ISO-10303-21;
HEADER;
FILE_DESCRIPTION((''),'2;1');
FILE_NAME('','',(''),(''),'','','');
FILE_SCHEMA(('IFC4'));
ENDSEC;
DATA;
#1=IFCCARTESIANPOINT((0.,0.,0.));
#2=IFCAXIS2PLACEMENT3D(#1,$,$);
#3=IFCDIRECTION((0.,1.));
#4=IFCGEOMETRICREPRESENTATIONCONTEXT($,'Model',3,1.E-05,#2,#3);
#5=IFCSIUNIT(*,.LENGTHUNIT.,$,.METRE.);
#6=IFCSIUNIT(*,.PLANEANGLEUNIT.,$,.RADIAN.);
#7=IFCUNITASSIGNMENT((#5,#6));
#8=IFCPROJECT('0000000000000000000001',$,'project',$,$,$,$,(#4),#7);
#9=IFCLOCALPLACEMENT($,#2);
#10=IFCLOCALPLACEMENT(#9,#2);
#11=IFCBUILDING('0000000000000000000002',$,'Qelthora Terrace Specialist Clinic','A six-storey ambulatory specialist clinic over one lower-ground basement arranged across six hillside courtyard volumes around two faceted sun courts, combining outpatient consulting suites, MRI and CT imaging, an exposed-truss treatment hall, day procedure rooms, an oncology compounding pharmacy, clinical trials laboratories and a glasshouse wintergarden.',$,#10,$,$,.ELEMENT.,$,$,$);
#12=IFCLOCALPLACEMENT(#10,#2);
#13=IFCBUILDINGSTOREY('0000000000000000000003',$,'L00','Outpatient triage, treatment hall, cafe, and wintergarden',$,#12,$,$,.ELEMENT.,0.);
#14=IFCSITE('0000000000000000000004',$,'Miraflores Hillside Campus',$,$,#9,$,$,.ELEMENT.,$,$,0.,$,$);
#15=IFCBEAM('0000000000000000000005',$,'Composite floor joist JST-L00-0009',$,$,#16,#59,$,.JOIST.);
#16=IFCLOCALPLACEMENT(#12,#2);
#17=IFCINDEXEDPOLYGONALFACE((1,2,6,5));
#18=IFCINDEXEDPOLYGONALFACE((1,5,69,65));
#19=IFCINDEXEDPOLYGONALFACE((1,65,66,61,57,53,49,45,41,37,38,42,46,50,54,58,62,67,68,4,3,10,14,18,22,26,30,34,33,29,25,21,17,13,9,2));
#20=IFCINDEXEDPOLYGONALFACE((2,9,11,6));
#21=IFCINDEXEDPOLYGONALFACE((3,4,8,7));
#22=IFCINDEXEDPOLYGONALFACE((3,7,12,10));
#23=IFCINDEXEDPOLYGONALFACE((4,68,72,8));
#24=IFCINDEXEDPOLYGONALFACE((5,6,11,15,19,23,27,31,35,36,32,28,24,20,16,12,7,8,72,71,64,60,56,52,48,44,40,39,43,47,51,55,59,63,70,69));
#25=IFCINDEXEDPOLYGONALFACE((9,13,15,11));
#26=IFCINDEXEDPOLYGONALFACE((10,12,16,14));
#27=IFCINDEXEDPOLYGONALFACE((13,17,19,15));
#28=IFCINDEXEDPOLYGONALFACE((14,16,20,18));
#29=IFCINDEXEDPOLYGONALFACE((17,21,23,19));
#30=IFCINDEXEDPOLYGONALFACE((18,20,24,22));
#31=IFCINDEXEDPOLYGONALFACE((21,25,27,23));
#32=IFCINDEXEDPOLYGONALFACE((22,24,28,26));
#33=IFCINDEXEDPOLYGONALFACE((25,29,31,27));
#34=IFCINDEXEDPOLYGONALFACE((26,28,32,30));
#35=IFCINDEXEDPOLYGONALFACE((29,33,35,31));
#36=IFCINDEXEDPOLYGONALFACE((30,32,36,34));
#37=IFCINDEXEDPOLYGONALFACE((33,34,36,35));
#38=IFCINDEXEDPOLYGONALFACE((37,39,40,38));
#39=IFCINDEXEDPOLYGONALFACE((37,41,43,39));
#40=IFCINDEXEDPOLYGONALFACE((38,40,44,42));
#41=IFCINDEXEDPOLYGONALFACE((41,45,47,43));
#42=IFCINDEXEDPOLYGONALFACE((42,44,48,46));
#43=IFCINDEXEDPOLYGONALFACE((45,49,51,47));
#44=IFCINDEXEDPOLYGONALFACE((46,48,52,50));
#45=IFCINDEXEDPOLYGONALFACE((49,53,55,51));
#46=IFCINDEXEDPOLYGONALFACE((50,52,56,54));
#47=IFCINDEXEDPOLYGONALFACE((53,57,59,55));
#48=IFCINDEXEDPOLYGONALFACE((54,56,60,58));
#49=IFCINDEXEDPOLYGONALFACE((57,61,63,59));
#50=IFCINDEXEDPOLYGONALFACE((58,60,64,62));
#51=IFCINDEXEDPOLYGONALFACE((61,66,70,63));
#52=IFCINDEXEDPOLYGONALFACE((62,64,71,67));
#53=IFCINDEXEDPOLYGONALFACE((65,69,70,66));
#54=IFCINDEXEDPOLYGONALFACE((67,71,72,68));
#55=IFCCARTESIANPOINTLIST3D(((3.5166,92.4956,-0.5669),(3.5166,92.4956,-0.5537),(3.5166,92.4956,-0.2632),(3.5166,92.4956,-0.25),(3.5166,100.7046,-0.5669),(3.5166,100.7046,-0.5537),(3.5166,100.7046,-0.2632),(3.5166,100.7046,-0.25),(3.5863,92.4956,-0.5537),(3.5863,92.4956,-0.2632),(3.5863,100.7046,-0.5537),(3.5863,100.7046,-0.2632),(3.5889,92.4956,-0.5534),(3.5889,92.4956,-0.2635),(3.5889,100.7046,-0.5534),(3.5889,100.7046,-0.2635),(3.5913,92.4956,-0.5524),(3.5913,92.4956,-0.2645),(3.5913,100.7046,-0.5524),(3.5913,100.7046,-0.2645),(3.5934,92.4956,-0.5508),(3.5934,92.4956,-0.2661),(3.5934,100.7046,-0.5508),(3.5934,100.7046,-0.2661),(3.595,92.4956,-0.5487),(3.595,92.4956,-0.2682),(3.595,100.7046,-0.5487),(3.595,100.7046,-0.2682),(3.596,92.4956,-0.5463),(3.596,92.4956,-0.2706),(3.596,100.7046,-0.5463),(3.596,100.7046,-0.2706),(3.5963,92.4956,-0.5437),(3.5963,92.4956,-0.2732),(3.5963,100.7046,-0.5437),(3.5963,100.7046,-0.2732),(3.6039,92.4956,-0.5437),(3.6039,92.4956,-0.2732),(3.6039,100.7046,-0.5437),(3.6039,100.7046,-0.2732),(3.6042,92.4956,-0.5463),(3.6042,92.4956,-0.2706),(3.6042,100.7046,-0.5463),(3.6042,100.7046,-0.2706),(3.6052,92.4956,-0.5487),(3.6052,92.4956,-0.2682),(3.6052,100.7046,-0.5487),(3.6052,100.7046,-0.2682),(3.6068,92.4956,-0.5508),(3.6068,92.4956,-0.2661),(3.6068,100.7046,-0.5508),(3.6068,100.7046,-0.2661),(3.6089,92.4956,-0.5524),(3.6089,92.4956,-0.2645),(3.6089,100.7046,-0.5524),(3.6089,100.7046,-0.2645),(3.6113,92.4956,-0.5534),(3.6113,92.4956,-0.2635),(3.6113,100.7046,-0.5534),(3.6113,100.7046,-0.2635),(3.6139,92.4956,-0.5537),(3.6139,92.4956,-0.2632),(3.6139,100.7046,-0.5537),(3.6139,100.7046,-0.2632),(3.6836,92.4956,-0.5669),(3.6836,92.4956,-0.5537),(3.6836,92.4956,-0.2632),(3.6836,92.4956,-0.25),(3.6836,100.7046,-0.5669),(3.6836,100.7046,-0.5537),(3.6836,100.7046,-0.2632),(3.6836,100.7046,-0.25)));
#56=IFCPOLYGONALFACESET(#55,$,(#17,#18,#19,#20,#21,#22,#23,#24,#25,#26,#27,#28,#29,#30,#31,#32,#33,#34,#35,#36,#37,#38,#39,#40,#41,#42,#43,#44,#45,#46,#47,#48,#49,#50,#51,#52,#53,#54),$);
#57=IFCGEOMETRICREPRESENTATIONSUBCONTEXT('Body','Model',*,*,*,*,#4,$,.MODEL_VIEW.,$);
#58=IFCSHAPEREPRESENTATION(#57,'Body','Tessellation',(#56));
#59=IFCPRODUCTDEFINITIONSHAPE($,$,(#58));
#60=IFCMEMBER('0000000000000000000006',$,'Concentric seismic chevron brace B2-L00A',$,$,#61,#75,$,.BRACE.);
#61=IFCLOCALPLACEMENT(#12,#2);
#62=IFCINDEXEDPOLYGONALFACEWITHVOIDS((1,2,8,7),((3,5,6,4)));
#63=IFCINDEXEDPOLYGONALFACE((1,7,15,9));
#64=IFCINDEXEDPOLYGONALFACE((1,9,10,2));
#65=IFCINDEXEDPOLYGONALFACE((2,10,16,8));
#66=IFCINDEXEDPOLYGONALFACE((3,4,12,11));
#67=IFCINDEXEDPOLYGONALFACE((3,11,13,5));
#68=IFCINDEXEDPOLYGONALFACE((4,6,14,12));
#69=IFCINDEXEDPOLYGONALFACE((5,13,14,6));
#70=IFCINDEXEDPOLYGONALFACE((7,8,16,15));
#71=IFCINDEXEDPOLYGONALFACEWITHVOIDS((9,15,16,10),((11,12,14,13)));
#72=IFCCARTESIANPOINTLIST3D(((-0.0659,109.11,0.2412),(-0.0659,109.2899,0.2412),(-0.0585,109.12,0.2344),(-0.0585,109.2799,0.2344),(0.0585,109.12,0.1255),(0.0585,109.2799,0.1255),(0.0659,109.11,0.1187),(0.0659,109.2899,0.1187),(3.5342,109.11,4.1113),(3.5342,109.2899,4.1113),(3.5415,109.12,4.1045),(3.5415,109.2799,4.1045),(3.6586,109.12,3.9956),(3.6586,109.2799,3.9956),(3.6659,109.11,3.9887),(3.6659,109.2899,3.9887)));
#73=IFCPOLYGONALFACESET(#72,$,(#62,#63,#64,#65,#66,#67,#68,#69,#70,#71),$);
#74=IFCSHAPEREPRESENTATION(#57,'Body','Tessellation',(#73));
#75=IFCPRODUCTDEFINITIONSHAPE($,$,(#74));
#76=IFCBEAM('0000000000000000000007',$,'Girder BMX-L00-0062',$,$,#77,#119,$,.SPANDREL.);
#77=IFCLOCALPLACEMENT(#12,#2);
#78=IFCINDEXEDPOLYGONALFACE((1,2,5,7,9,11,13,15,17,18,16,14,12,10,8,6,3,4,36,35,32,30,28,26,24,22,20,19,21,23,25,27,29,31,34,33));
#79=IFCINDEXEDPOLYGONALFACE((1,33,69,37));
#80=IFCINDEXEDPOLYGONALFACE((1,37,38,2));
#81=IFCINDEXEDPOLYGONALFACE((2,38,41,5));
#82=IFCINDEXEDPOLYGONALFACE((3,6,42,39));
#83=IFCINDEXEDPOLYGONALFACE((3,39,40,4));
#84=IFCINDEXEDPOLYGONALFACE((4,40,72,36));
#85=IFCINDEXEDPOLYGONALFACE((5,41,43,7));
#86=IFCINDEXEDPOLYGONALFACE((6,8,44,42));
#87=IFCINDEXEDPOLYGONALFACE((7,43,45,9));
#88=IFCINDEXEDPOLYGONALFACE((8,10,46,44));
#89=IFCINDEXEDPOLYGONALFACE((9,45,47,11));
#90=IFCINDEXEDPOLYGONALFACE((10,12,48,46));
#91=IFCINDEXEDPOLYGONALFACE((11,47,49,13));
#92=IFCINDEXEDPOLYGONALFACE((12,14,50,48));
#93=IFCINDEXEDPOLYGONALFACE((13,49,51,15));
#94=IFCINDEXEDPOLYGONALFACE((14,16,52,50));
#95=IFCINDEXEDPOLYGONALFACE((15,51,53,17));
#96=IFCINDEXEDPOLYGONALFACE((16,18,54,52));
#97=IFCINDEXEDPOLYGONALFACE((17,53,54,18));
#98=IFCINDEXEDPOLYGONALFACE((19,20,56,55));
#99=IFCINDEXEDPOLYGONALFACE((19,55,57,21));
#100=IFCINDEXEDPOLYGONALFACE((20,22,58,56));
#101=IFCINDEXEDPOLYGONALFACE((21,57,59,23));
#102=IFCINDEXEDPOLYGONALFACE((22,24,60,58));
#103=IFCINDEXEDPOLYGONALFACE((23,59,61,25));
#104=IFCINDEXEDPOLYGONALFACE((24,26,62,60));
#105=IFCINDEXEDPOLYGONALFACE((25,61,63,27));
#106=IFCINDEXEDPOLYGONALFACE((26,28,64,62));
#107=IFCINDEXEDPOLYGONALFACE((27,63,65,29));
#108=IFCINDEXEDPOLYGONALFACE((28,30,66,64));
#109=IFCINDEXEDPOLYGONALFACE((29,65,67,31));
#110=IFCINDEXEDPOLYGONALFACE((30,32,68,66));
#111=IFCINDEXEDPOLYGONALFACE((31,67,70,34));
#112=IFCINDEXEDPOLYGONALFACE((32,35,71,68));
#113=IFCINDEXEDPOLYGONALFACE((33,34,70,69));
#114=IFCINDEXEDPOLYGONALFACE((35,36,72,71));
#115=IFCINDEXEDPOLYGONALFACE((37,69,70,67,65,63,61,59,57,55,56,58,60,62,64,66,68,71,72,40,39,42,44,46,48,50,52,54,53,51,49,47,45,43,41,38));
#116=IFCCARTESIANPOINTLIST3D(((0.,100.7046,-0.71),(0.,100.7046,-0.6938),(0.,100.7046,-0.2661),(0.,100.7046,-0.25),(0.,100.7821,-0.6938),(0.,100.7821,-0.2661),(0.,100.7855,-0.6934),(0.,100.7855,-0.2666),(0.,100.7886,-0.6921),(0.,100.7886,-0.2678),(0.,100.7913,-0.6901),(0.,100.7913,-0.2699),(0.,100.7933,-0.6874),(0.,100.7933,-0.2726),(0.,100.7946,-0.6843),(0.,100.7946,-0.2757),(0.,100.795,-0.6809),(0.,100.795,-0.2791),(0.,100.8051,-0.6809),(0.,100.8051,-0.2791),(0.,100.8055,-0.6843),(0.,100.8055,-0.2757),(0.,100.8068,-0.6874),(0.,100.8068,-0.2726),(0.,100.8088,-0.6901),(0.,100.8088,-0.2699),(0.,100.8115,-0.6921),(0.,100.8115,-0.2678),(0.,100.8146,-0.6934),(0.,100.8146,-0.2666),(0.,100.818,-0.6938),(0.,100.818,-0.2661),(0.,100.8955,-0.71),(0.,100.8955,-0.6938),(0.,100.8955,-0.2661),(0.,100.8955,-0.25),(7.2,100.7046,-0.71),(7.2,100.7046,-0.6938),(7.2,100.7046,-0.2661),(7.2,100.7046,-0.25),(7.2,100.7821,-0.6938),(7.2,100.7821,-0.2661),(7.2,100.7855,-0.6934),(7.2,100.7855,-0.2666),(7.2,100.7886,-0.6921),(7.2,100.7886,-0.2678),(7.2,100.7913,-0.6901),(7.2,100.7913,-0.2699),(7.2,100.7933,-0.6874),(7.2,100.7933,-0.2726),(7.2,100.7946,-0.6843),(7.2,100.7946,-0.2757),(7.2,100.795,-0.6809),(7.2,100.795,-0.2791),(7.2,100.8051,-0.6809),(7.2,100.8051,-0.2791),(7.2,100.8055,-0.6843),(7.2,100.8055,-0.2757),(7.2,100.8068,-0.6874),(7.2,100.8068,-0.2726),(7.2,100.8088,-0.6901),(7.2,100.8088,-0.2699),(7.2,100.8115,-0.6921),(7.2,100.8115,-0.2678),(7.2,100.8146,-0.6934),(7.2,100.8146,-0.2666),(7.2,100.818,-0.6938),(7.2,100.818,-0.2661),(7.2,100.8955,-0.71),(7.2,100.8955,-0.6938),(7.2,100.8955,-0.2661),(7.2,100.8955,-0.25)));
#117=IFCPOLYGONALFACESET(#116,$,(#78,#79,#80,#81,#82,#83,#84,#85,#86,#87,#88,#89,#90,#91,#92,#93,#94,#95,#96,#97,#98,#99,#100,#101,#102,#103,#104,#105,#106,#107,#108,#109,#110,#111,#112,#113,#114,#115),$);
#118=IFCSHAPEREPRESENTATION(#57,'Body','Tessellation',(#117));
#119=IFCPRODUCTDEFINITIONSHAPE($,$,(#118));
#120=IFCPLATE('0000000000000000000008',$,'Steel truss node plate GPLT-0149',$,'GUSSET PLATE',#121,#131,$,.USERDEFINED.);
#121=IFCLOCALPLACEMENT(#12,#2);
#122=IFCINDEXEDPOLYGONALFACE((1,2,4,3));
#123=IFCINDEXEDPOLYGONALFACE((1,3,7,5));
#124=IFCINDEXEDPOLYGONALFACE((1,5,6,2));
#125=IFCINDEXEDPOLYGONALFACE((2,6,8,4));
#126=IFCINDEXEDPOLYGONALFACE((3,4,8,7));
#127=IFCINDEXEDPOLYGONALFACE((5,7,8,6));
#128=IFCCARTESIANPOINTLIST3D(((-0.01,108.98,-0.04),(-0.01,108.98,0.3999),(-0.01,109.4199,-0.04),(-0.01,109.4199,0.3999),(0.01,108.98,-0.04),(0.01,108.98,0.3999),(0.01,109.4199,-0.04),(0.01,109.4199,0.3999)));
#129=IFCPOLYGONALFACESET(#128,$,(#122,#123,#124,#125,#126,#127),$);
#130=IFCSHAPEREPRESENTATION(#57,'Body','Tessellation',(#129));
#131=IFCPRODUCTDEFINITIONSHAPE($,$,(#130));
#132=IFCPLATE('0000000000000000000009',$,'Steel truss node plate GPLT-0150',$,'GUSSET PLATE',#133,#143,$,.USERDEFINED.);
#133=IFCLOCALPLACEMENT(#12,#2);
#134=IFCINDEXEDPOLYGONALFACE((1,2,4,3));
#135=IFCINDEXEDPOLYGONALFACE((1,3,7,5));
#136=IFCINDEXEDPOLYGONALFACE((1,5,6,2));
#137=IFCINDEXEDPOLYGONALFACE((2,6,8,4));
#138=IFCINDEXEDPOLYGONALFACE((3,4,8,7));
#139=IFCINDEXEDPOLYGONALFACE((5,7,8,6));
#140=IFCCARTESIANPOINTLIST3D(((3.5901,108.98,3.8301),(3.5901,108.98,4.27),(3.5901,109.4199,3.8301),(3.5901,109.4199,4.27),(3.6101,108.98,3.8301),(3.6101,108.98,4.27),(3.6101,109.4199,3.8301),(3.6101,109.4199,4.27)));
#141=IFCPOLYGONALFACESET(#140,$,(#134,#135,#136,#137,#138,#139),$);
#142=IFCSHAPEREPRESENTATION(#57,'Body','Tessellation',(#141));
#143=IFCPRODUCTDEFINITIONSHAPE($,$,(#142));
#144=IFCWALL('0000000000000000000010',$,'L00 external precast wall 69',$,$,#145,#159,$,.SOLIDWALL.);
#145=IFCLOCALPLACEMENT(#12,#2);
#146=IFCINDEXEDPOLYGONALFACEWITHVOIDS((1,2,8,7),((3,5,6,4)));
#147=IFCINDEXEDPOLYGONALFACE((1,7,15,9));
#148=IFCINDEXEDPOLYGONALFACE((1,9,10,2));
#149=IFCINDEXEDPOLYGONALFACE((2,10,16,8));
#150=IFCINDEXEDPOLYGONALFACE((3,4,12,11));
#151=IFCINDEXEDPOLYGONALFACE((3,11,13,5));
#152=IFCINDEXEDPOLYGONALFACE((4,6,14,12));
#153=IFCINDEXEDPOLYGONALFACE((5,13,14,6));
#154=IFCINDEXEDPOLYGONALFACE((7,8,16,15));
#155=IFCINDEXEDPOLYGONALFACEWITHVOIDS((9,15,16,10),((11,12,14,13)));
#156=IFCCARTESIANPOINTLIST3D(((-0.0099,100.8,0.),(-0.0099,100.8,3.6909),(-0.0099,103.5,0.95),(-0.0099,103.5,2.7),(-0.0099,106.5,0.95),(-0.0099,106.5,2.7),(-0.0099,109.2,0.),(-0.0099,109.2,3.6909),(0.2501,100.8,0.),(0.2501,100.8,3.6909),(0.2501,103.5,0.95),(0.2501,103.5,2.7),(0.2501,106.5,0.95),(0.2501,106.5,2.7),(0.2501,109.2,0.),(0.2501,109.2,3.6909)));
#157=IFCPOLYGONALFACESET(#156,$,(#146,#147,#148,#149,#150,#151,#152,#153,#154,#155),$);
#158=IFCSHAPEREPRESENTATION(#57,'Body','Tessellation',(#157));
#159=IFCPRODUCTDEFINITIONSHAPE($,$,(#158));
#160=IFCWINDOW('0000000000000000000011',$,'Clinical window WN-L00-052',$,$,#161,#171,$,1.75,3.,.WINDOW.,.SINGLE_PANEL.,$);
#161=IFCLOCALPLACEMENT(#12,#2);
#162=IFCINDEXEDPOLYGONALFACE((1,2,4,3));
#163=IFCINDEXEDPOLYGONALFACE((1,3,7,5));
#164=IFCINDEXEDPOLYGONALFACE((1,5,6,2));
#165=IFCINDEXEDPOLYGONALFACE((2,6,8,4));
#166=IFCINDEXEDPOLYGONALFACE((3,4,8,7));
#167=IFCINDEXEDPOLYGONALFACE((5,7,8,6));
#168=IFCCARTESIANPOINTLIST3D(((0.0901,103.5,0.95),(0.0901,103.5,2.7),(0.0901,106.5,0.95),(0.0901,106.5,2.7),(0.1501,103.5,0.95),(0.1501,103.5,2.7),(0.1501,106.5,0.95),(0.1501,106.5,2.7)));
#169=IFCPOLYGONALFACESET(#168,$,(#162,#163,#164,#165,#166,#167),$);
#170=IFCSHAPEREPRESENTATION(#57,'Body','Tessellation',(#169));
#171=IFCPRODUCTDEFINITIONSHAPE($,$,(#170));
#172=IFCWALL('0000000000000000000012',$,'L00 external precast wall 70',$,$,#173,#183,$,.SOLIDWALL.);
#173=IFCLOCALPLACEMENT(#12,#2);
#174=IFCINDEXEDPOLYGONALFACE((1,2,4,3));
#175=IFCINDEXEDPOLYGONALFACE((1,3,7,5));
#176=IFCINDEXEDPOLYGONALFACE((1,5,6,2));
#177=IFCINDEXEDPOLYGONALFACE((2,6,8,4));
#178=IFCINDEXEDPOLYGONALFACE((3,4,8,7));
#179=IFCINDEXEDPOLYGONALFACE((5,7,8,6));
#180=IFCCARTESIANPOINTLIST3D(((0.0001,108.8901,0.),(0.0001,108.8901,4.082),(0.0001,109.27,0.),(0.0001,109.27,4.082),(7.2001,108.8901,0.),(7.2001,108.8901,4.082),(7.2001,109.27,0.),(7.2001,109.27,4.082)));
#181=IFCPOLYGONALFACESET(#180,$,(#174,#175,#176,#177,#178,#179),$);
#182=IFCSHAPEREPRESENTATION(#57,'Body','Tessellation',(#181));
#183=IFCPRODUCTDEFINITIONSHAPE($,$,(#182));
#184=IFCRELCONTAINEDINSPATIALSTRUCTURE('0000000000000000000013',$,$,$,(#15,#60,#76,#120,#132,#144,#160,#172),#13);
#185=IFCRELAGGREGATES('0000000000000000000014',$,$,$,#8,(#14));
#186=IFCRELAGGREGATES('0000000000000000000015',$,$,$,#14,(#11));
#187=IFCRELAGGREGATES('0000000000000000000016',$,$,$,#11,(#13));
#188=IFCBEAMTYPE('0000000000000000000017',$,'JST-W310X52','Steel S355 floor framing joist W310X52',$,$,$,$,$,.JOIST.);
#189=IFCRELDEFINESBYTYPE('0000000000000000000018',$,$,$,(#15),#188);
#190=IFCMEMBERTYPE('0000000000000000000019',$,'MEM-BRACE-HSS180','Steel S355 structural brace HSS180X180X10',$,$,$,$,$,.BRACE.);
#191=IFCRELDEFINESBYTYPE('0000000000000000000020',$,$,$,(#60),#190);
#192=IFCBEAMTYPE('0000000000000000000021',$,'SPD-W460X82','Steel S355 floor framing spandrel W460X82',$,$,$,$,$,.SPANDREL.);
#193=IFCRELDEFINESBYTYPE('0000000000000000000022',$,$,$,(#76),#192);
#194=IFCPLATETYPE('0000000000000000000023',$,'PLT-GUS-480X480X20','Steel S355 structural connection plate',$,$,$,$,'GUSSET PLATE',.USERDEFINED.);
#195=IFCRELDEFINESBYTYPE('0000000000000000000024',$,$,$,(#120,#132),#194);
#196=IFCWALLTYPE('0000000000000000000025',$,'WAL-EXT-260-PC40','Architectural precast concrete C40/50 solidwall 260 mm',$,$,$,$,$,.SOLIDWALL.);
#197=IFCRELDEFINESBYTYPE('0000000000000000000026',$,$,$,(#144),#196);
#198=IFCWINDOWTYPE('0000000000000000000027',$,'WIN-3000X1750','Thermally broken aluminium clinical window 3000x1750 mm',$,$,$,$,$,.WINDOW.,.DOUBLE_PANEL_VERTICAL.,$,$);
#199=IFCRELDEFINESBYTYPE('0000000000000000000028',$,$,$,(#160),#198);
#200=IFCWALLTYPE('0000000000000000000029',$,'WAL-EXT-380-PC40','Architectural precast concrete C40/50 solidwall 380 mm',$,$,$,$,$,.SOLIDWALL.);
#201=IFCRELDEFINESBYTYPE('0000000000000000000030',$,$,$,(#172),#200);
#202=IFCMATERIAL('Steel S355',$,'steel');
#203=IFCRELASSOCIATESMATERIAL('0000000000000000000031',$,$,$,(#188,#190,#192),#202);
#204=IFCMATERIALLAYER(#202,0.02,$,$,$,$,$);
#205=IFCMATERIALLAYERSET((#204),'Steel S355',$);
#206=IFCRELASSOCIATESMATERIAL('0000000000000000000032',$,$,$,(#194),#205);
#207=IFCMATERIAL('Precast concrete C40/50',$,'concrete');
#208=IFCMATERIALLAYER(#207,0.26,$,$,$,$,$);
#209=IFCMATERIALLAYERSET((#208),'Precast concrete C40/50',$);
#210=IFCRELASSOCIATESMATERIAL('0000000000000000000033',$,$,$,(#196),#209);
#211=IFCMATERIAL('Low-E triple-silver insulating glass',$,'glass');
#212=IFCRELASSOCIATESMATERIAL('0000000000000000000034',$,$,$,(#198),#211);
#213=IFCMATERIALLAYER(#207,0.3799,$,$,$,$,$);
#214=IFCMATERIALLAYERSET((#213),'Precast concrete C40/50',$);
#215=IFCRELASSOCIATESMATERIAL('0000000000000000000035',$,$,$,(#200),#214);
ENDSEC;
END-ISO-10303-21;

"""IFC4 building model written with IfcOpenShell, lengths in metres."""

from ifc_helpers import new_model, si_unit, direction, frame, frame_2d, origin, origin_2d, place, context, subcontext, project, spatial, rectangle, hollow_rectangle, i_section, extrude, material, layer, layer_set, material_profile, profile_set, type_object, element, fill, save


model = new_model("IFC4")

# Units and contexts
model_context = context("Model", 3, precision=1e-05, world=origin(), true_north=direction((0.0, 1.0)))
body_context = subcontext(model_context, "Body", "Model", "MODEL_VIEW")
ifc_project = project(units=[si_unit("LENGTHUNIT", "METRE"), si_unit("PLANEANGLEUNIT", "RADIAN")], contexts=[model_context])

# Site, building, storey
site_placement = place(None, origin())
site = spatial("IfcSite", under=ifc_project, at=site_placement, Name="Miraflores Hillside Campus", CompositionType="ELEMENT", RefElevation=0.0)
building_placement = place(site_placement, origin())
building = spatial("IfcBuilding", under=site, at=building_placement, Name="Qelthora Terrace Specialist Clinic", Description="A six-storey ambulatory specialist clinic over one lower-ground basement arranged across six hillside courtyard volumes around two faceted sun courts, combining outpatient consulting suites, MRI and CT imaging, an exposed-truss treatment hall, day procedure rooms, an oncology compounding pharmacy, clinical trials laboratories and a glasshouse wintergarden.", CompositionType="ELEMENT")
storey_placement = place(building_placement, origin())
storey = spatial("IfcBuildingStorey", under=building, at=storey_placement, Name="L00", Description="Outpatient triage, treatment hall, cafe, and wintergarden", CompositionType="ELEMENT", Elevation=0.0)

# Shared definitions
ifc_material_1 = material(Name="Steel S355", Category="steel")

# Beam
ifc_material_profile_1 = material_profile(ifc_material_1, i_section(OverallWidth=0.167, OverallDepth=0.3169, WebThickness=0.0076, FlangeThickness=0.0132, FilletRadius=0.01, at=origin_2d()), Name="W310X52")
ifc_profile_set_1 = profile_set([ifc_material_profile_1], Name="Steel S355")
beam_type_1 = type_object("IfcBeamType", Name="JST-W310X52", Description="Steel S355 floor framing joist W310X52", PredefinedType="JOIST", material=ifc_profile_set_1)
beam_1_placement = place(storey_placement, frame((3.6001, 92.4956, -0.4084), z_axis=(0.0, 1.0, 0.0), x_axis=(-1.0, 0.0, 0.0)))
element("IfcBeam", 1, at=beam_1_placement, inside=storey, type_object=beam_type_1, Name="Composite floor joist JST-L00-0009", PredefinedType="JOIST", context=body_context, shape_type="SweptSolid", body=[
    extrude(i_section(OverallWidth=0.167, OverallDepth=0.3169, WebThickness=0.0076, FlangeThickness=0.0132, FilletRadius=0.01, at=origin_2d()), origin(), (0.0, 0.0, 1.0), 8.209),
])

# Member
ifc_material_profile_2 = material_profile(ifc_material_1, hollow_rectangle(XDim=0.1799, YDim=0.1799, WallThickness=0.01, at=origin_2d()), Name="HSS180X180X10")
ifc_profile_set_2 = profile_set([ifc_material_profile_2], Name="Steel S355")
member_type = type_object("IfcMemberType", Name="MEM-BRACE-HSS180", Description="Steel S355 structural brace HSS180X180X10", PredefinedType="BRACE", material=ifc_profile_set_2)
member_placement = place(storey_placement, frame((0.0, 109.2, 0.1799), z_axis=(0.681103, 0.0, 0.732188), x_axis=(0.0, 1.0, 0.0)))
element("IfcMember", 2, at=member_placement, inside=storey, type_object=member_type, Name="Concentric seismic chevron brace B2-L00A", PredefinedType="BRACE", context=body_context, shape_type="SweptSolid", body=[
    extrude(hollow_rectangle(XDim=0.1799, YDim=0.1799, WallThickness=0.01, at=origin_2d()), origin(), (0.0, 0.0, 1.0), 5.2856),
])

# Beam
ifc_material_profile_3 = material_profile(ifc_material_1, i_section(OverallWidth=0.1909, OverallDepth=0.46, WebThickness=0.01, FlangeThickness=0.0161, FilletRadius=0.0129, at=origin_2d()), Name="W460X82")
ifc_profile_set_3 = profile_set([ifc_material_profile_3], Name="Steel S355")
beam_type_2 = type_object("IfcBeamType", Name="SPD-W460X82", Description="Steel S355 floor framing spandrel W460X82", PredefinedType="SPANDREL", material=ifc_profile_set_3)
beam_2_placement = place(storey_placement, frame((0.0, 100.8, -0.48), z_axis=(1.0, 0.0, 0.0), x_axis=(0.0, 1.0, 0.0)))
element("IfcBeam", 3, at=beam_2_placement, inside=storey, type_object=beam_type_2, Name="Girder BMX-L00-0062", PredefinedType="SPANDREL", context=body_context, shape_type="SweptSolid", body=[
    extrude(i_section(OverallWidth=0.1909, OverallDepth=0.46, WebThickness=0.01, FlangeThickness=0.0161, FilletRadius=0.0129, at=origin_2d()), origin(), (0.0, 0.0, 1.0), 7.2),
])

# Plates
ifc_layer_1 = layer(ifc_material_1, 0.02)
ifc_layer_set_1 = layer_set([ifc_layer_1], Name="Steel S355")
plate_type = type_object("IfcPlateType", Name="PLT-GUS-480X480X20", Description="Steel S355 structural connection plate", ElementType="GUSSET PLATE", PredefinedType="USERDEFINED", material=ifc_layer_set_1)
for number, where, z_axis, x_axis, name in (
    (4, (0.0, 109.2, -0.04), (0.0, 0.0, 1.0), (1.0, 0.0, 0.0), "Steel truss node plate GPLT-0149"),
    (5, (3.6001, 109.2, 3.8301), (0.0, 0.0, 1.0), (1.0, 0.0, 0.0), "Steel truss node plate GPLT-0150"),
):
    element("IfcPlate", number, at=place(storey_placement, frame(where, z_axis=z_axis, x_axis=x_axis)), inside=storey, type_object=plate_type, Name=name, ObjectType="GUSSET PLATE", PredefinedType="USERDEFINED", context=body_context, shape_type="SweptSolid", body=[
        extrude(rectangle(XDim=0.02, YDim=0.4399, at=origin_2d()), origin(), (0.0, 0.0, 1.0), 0.4399),
    ])

# Wall, opening, window
ifc_material_2 = material(Name="Precast concrete C40/50", Category="concrete")
ifc_layer_2 = layer(ifc_material_2, 0.26)
ifc_layer_set_2 = layer_set([ifc_layer_2], Name="Precast concrete C40/50")
wall_type_1 = type_object("IfcWallType", Name="WAL-EXT-260-PC40", Description="Architectural precast concrete C40/50 solidwall 260 mm", PredefinedType="SOLIDWALL", material=ifc_layer_set_2)
wall_1_placement = place(storey_placement, frame((0.1201, 100.8, 0.0), z_axis=(0.0, 0.0, 1.0), x_axis=(0.0, 1.0, 0.0)))
wall_1 = element("IfcWall", 6, at=wall_1_placement, inside=storey, type_object=wall_type_1, Name="L00 external precast wall 69", PredefinedType="SOLIDWALL", context=body_context, shape_type="SweptSolid", body=[
    extrude(rectangle(XDim=8.3999, YDim=0.26, at=frame_2d((4.2, 0.0))), origin(), (0.0, 0.0, 1.0), 3.6909),
])
opening_placement = place(wall_1_placement, frame((2.7, 0.0, 0.95)))
opening = element("IfcOpeningElement", 7, at=opening_placement, cuts=wall_1, PredefinedType="OPENING", context=body_context, shape_type="SweptSolid", body=[
    extrude(rectangle(XDim=3.0, YDim=1.75, at=frame_2d((1.5, 0.875))), frame((0.0, 0.1399, 0.0), z_axis=(0.0, -1.0, 0.0), x_axis=(1.0, 0.0, 0.0)), (0.0, 0.0, 1.0), 0.28),
])
ifc_material_3 = material(Name="Low-E triple-silver insulating glass", Category="glass")
window_type = type_object("IfcWindowType", Name="WIN-3000X1750", Description="Thermally broken aluminium clinical window 3000x1750 mm", PartitioningType="DOUBLE_PANEL_VERTICAL", PredefinedType="WINDOW", material=ifc_material_3)
window_placement = place(opening_placement, origin())
window = element("IfcWindow", 8, at=window_placement, inside=storey, type_object=window_type, Name="Clinical window WN-L00-052", OverallHeight=1.75, OverallWidth=3.0, PartitioningType="SINGLE_PANEL", PredefinedType="WINDOW", context=body_context, shape_type="SweptSolid", body=[
    extrude(rectangle(XDim=3.0, YDim=1.75, at=frame_2d((1.5, 0.875))), frame((0.0, 0.03, 0.0), z_axis=(0.0, -1.0, 0.0), x_axis=(1.0, 0.0, 0.0)), (0.0, 0.0, 1.0), 0.0601),
])
fill(opening, window)

# Wall
ifc_layer_3 = layer(ifc_material_2, 0.3799)
ifc_layer_set_3 = layer_set([ifc_layer_3], Name="Precast concrete C40/50")
wall_type_2 = type_object("IfcWallType", Name="WAL-EXT-380-PC40", Description="Architectural precast concrete C40/50 solidwall 380 mm", PredefinedType="SOLIDWALL", material=ifc_layer_set_3)
wall_2_placement = place(storey_placement, frame((0.0, 109.0801, 0.0), z_axis=(0.0, 0.0, 1.0), x_axis=(1.0, 0.0, 0.0)))
element("IfcWall", 9, at=wall_2_placement, inside=storey, type_object=wall_type_2, Name="L00 external precast wall 70", PredefinedType="SOLIDWALL", context=body_context, shape_type="SweptSolid", body=[
    extrude(rectangle(XDim=7.2, YDim=0.3799, at=frame_2d((3.6001, 0.0))), origin(), (0.0, 0.0, 1.0), 4.082),
])

save(model, "model.ifc")
